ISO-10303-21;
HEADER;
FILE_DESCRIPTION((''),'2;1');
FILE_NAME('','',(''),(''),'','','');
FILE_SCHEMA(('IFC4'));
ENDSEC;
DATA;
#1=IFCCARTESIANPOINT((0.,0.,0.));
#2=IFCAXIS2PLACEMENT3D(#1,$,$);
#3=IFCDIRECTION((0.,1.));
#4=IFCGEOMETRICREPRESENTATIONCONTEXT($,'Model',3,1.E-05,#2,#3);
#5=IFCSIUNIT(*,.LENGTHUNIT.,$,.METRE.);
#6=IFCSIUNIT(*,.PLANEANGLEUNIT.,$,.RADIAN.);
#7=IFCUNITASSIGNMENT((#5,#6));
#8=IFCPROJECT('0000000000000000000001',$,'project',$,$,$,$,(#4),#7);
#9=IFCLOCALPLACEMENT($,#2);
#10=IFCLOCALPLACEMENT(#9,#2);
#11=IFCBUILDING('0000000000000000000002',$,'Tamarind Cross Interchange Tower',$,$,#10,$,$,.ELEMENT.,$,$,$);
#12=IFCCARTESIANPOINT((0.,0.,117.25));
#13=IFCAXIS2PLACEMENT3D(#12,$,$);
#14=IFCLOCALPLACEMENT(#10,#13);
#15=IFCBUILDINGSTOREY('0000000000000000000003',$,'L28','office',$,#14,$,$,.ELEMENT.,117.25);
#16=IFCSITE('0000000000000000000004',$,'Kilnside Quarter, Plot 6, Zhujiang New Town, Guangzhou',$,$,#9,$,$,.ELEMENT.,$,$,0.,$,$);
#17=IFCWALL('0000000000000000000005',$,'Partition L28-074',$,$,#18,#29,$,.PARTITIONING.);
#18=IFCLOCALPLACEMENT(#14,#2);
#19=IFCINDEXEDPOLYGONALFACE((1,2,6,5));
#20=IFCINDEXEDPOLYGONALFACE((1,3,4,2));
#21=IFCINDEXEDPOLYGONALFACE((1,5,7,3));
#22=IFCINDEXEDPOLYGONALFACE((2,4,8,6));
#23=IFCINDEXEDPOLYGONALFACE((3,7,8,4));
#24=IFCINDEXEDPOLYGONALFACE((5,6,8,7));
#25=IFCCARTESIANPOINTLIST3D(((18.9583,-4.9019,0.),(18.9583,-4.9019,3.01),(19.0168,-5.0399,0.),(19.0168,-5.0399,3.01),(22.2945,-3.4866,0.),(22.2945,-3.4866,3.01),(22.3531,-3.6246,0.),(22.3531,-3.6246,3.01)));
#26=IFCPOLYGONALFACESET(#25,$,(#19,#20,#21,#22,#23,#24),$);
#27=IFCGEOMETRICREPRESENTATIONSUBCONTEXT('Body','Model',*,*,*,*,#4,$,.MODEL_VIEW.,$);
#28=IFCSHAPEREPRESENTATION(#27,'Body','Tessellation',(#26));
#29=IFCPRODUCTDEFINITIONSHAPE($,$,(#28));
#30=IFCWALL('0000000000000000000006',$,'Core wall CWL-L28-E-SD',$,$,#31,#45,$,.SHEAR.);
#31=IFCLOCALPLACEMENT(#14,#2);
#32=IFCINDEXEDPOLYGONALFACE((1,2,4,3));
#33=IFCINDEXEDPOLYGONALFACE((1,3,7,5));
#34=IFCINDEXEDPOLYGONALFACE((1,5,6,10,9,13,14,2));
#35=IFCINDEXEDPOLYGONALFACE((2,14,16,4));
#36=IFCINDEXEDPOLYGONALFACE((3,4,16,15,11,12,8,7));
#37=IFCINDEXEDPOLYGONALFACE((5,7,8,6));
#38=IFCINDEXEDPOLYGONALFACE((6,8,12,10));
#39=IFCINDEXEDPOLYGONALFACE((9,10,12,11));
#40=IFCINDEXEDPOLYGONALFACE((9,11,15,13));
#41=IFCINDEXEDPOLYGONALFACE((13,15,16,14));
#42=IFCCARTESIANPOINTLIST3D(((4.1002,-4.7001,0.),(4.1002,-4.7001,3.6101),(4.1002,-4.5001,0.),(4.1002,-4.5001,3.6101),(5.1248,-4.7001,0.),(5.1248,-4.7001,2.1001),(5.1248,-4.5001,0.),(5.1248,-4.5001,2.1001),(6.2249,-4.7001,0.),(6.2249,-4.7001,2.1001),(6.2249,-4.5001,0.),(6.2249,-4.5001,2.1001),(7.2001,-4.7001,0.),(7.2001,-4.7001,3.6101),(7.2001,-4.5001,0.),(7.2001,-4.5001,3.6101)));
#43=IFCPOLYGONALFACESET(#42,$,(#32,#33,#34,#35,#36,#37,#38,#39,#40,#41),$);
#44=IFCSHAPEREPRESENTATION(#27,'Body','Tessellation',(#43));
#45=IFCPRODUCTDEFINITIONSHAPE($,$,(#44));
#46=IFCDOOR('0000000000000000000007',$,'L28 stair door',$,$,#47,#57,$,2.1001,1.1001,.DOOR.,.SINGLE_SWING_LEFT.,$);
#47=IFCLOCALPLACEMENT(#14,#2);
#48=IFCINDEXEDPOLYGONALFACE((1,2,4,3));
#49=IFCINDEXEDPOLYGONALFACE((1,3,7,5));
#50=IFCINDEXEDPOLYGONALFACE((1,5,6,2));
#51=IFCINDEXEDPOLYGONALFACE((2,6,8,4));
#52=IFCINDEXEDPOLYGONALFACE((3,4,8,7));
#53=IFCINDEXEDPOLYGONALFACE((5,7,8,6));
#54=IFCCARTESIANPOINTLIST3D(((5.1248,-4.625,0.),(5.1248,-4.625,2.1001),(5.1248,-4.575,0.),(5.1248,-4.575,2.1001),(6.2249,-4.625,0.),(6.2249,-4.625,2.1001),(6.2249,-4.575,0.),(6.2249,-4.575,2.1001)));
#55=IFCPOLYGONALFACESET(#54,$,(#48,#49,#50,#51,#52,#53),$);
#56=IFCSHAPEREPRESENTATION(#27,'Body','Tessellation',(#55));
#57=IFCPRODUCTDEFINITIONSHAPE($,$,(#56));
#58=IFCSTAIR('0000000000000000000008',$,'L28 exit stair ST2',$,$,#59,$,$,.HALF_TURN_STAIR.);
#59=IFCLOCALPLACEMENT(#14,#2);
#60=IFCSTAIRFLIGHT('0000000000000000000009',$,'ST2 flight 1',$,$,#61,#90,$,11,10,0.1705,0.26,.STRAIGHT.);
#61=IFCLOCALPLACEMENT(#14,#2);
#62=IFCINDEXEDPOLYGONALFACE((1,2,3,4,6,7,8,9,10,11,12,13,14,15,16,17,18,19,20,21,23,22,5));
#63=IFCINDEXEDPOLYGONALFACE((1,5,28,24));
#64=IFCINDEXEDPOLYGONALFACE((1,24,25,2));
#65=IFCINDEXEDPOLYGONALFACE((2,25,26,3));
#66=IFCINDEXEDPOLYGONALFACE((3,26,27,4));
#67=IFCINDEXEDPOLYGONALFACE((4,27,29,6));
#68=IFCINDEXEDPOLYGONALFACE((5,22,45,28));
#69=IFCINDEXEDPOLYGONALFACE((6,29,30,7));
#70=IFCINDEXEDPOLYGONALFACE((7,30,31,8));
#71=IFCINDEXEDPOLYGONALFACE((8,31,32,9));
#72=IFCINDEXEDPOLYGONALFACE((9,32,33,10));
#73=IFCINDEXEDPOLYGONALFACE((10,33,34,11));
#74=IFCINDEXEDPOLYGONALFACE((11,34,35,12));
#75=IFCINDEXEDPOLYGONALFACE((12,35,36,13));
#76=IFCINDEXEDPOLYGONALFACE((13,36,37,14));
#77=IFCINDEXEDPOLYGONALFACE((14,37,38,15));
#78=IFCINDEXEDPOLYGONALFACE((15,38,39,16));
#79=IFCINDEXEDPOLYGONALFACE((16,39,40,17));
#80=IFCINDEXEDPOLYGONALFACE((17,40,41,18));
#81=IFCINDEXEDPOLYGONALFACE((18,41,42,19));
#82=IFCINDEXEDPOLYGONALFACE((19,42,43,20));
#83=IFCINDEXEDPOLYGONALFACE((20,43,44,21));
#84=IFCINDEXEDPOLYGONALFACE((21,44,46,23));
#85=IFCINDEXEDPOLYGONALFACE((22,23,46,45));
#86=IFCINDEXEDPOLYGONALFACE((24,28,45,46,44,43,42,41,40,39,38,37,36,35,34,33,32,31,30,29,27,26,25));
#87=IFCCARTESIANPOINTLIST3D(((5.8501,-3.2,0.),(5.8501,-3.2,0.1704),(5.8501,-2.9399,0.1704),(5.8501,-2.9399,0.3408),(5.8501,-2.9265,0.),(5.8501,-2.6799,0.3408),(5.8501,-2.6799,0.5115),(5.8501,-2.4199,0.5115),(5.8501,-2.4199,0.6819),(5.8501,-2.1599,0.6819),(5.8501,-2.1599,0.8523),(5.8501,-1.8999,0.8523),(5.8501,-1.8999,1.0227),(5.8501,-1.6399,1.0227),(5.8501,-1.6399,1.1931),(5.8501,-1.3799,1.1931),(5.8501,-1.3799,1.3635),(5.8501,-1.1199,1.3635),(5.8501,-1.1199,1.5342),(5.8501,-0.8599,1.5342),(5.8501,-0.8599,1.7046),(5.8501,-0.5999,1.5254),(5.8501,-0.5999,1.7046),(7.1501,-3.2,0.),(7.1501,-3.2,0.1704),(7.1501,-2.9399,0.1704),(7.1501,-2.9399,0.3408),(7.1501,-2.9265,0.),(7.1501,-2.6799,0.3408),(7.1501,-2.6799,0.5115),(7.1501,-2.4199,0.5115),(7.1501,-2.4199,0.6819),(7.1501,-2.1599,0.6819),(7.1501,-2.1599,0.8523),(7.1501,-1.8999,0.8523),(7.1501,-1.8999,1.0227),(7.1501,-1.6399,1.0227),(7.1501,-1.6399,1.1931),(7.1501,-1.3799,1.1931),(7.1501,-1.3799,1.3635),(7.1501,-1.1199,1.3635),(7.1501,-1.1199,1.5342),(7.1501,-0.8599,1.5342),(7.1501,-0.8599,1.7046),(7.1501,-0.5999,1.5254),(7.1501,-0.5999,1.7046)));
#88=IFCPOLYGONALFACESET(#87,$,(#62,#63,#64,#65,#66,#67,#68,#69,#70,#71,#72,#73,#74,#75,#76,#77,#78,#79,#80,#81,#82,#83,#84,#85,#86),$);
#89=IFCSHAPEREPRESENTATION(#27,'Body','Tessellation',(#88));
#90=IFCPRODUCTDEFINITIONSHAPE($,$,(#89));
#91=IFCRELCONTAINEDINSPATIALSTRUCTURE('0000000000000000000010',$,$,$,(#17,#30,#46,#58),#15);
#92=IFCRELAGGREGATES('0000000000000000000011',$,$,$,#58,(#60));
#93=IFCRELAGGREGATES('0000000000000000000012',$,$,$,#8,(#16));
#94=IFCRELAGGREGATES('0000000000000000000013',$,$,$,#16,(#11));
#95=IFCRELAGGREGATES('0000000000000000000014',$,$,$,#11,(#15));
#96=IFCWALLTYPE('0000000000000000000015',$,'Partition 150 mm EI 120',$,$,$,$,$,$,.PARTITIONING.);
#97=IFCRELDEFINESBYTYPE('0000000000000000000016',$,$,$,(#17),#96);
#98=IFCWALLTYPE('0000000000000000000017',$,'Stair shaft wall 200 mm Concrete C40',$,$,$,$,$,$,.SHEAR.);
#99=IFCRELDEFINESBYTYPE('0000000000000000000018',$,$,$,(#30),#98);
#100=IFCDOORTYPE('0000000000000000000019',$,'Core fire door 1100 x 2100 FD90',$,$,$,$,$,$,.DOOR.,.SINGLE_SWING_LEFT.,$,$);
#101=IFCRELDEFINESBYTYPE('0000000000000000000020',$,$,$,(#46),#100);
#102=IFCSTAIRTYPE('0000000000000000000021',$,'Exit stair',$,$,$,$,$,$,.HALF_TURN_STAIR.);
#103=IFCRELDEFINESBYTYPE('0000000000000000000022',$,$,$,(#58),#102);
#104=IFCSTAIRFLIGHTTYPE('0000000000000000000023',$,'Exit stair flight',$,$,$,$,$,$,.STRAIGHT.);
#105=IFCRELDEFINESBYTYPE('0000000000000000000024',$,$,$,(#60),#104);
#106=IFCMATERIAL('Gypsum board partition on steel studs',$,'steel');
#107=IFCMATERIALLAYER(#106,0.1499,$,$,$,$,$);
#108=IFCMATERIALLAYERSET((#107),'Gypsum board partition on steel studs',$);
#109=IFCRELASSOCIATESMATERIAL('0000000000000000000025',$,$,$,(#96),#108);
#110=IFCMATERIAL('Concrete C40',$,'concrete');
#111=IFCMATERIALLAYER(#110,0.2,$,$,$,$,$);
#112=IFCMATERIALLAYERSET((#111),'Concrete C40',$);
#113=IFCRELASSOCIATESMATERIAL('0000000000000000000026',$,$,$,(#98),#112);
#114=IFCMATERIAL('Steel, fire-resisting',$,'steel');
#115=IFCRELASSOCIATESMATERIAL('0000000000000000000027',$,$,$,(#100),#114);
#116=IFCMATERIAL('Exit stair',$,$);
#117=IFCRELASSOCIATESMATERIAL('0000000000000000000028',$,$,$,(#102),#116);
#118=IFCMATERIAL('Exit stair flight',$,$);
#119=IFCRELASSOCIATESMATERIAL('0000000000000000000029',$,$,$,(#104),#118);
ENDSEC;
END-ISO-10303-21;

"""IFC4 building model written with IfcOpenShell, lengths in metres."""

from ifc_helpers import new_model, si_unit, direction, frame, frame_2d, origin, place, context, subcontext, project, spatial, polyline, rectangle, outline, extrude, material, layer, layer_set, type_object, element, fill, aggregate, save


model = new_model("IFC4")

# Units and contexts
model_context = context("Model", 3, precision=1e-05, world=origin(), true_north=direction((0.0, 1.0)))
body_context = subcontext(model_context, "Body", "Model", "MODEL_VIEW")
ifc_project = project(units=[si_unit("LENGTHUNIT", "METRE"), si_unit("PLANEANGLEUNIT", "RADIAN")], contexts=[model_context])

# Site, building, storey
site_placement = place(None, origin())
site = spatial("IfcSite", under=ifc_project, at=site_placement, Name="Kilnside Quarter, Plot 6, Zhujiang New Town, Guangzhou", CompositionType="ELEMENT", RefElevation=0.0)
building_placement = place(site_placement, origin())
building = spatial("IfcBuilding", under=site, at=building_placement, Name="Tamarind Cross Interchange Tower", CompositionType="ELEMENT")
storey_placement = place(building_placement, frame((0.0, 0.0, 117.25)))
storey = spatial("IfcBuildingStorey", under=building, at=storey_placement, Name="L28", Description="office", CompositionType="ELEMENT", Elevation=117.25)

# Shared definitions
ifc_material_1 = material(Name="Steel, fire-resisting", Category="steel")

# Wall
ifc_material_2 = material(Name="Gypsum board partition on steel studs", Category="steel")
ifc_layer_1 = layer(ifc_material_2, 0.1499)
ifc_layer_set_1 = layer_set([ifc_layer_1], Name="Gypsum board partition on steel studs")
wall_type_1 = type_object("IfcWallType", Name="Partition 150 mm EI 120", PredefinedType="PARTITIONING", material=ifc_layer_set_1)
wall_1_placement = place(storey_placement, frame((18.9875, -4.9709, 0.0), z_axis=(0.0, 0.0, 1.0), x_axis=(0.920588, 0.390534, 0.0)))
element("IfcWall", 1, at=wall_1_placement, inside=storey, type_object=wall_type_1, Name="Partition L28-074", PredefinedType="PARTITIONING", context=body_context, shape_type="SweptSolid", body=[
    extrude(rectangle(XDim=3.624, YDim=0.1499, at=frame_2d((1.812, 0.0))), origin(), (0.0, 0.0, 1.0), 3.01),
])

# Wall, opening, door
ifc_material_3 = material(Name="Concrete C40", Category="concrete")
ifc_layer_2 = layer(ifc_material_3, 0.2)
ifc_layer_set_2 = layer_set([ifc_layer_2], Name="Concrete C40")
wall_type_2 = type_object("IfcWallType", Name="Stair shaft wall 200 mm Concrete C40", PredefinedType="SHEAR", material=ifc_layer_set_2)
wall_2_placement = place(storey_placement, frame((7.2, -4.6001, 0.0), z_axis=(0.0, 0.0, 1.0), x_axis=(-1.0, 0.0, 0.0)))
wall_2 = element("IfcWall", 2, at=wall_2_placement, inside=storey, type_object=wall_type_2, Name="Core wall CWL-L28-E-SD", PredefinedType="SHEAR", context=body_context, shape_type="SweptSolid", body=[
    extrude(rectangle(XDim=3.0999, YDim=0.2, at=frame_2d((1.5498, 0.0))), origin(), (0.0, 0.0, 1.0), 3.6101),
])
opening_1_placement = place(wall_2_placement, frame((0.9751, 0.0, 0.0)))
opening_1 = element("IfcOpeningElement", 3, at=opening_1_placement, cuts=wall_2, PredefinedType="OPENING", context=body_context, shape_type="SweptSolid", body=[
    extrude(rectangle(XDim=1.1001, YDim=2.1001, at=frame_2d((0.55, 1.05))), frame((0.0, 0.1099, 0.0), z_axis=(0.0, -1.0, 0.0), x_axis=(1.0, 0.0, 0.0)), (0.0, 0.0, 1.0), 0.22),
])
door_type_1 = type_object("IfcDoorType", Name="Core fire door 1100 x 2100 FD90", OperationType="SINGLE_SWING_LEFT", PredefinedType="DOOR", material=ifc_material_1)
door_1_placement = place(opening_1_placement, origin())
door_1 = element("IfcDoor", 4, at=door_1_placement, inside=storey, type_object=door_type_1, Name="L28 stair door", OperationType="SINGLE_SWING_LEFT", OverallHeight=2.1001, OverallWidth=1.1001, PredefinedType="DOOR", context=body_context, shape_type="SweptSolid", body=[
    extrude(rectangle(XDim=1.1001, YDim=2.1001, at=frame_2d((0.55, 1.05))), frame((0.0, 0.0249, 0.0), z_axis=(0.0, -1.0, 0.0), x_axis=(1.0, 0.0, 0.0)), (0.0, 0.0, 1.0), 0.05),
])
fill(opening_1, door_1)

# Stair, stair flight
ifc_material_4 = material(Name="Exit stair")
stair_type = type_object("IfcStairType", Name="Exit stair", PredefinedType="HALF_TURN_STAIR", material=ifc_material_4)
stair_placement = place(storey_placement, origin())
stair = element("IfcStair", 5, at=stair_placement, inside=storey, type_object=stair_type, Name="L28 exit stair ST2", PredefinedType="HALF_TURN_STAIR")
ifc_material_5 = material(Name="Exit stair flight")
stair_flight_type = type_object("IfcStairFlightType", Name="Exit stair flight", PredefinedType="STRAIGHT", material=ifc_material_5)
stair_flight_placement = place(storey_placement, frame((6.5, -3.2, 0.0), z_axis=(0.0, 0.0, 1.0), x_axis=(0.0, 1.0, 0.0)))
stair_flight = element("IfcStairFlight", 6, at=stair_flight_placement, type_object=stair_flight_type, Name="ST2 flight 1", NumberOfRisers=11, NumberOfTreads=10, PredefinedType="STRAIGHT", RiserHeight=0.1705, TreadLength=0.26, context=body_context, shape_type="SweptSolid", body=[
    extrude(outline(polyline([(0.0, 0.0), (0.0, 0.1704), (0.26, 0.1704), (0.26, 0.3408), (0.52, 0.3408), (0.52, 0.5115), (0.78, 0.5115), (0.78, 0.6819), (1.04, 0.6819), (1.04, 0.8523), (1.3, 0.8523), (1.3, 1.0227), (1.5601, 1.0227), (1.5601, 1.1931), (1.8201, 1.1931), (1.8201, 1.3635), (2.0801, 1.3635), (2.0801, 1.5342), (2.3401, 1.5342), (2.3401, 1.7046), (2.6001, 1.7046), (2.6001, 1.875), (2.6001, 1.5254), (0.2734, 0.0), (0.0, 0.0)])), frame((0.0, 0.6499, 0.0), z_axis=(0.0, -1.0, 0.0), x_axis=(1.0, 0.0, 0.0)), (0.0, 0.0, 1.0), 1.3),
])
aggregate(stair, [stair_flight])

save(model, "model.ifc")
